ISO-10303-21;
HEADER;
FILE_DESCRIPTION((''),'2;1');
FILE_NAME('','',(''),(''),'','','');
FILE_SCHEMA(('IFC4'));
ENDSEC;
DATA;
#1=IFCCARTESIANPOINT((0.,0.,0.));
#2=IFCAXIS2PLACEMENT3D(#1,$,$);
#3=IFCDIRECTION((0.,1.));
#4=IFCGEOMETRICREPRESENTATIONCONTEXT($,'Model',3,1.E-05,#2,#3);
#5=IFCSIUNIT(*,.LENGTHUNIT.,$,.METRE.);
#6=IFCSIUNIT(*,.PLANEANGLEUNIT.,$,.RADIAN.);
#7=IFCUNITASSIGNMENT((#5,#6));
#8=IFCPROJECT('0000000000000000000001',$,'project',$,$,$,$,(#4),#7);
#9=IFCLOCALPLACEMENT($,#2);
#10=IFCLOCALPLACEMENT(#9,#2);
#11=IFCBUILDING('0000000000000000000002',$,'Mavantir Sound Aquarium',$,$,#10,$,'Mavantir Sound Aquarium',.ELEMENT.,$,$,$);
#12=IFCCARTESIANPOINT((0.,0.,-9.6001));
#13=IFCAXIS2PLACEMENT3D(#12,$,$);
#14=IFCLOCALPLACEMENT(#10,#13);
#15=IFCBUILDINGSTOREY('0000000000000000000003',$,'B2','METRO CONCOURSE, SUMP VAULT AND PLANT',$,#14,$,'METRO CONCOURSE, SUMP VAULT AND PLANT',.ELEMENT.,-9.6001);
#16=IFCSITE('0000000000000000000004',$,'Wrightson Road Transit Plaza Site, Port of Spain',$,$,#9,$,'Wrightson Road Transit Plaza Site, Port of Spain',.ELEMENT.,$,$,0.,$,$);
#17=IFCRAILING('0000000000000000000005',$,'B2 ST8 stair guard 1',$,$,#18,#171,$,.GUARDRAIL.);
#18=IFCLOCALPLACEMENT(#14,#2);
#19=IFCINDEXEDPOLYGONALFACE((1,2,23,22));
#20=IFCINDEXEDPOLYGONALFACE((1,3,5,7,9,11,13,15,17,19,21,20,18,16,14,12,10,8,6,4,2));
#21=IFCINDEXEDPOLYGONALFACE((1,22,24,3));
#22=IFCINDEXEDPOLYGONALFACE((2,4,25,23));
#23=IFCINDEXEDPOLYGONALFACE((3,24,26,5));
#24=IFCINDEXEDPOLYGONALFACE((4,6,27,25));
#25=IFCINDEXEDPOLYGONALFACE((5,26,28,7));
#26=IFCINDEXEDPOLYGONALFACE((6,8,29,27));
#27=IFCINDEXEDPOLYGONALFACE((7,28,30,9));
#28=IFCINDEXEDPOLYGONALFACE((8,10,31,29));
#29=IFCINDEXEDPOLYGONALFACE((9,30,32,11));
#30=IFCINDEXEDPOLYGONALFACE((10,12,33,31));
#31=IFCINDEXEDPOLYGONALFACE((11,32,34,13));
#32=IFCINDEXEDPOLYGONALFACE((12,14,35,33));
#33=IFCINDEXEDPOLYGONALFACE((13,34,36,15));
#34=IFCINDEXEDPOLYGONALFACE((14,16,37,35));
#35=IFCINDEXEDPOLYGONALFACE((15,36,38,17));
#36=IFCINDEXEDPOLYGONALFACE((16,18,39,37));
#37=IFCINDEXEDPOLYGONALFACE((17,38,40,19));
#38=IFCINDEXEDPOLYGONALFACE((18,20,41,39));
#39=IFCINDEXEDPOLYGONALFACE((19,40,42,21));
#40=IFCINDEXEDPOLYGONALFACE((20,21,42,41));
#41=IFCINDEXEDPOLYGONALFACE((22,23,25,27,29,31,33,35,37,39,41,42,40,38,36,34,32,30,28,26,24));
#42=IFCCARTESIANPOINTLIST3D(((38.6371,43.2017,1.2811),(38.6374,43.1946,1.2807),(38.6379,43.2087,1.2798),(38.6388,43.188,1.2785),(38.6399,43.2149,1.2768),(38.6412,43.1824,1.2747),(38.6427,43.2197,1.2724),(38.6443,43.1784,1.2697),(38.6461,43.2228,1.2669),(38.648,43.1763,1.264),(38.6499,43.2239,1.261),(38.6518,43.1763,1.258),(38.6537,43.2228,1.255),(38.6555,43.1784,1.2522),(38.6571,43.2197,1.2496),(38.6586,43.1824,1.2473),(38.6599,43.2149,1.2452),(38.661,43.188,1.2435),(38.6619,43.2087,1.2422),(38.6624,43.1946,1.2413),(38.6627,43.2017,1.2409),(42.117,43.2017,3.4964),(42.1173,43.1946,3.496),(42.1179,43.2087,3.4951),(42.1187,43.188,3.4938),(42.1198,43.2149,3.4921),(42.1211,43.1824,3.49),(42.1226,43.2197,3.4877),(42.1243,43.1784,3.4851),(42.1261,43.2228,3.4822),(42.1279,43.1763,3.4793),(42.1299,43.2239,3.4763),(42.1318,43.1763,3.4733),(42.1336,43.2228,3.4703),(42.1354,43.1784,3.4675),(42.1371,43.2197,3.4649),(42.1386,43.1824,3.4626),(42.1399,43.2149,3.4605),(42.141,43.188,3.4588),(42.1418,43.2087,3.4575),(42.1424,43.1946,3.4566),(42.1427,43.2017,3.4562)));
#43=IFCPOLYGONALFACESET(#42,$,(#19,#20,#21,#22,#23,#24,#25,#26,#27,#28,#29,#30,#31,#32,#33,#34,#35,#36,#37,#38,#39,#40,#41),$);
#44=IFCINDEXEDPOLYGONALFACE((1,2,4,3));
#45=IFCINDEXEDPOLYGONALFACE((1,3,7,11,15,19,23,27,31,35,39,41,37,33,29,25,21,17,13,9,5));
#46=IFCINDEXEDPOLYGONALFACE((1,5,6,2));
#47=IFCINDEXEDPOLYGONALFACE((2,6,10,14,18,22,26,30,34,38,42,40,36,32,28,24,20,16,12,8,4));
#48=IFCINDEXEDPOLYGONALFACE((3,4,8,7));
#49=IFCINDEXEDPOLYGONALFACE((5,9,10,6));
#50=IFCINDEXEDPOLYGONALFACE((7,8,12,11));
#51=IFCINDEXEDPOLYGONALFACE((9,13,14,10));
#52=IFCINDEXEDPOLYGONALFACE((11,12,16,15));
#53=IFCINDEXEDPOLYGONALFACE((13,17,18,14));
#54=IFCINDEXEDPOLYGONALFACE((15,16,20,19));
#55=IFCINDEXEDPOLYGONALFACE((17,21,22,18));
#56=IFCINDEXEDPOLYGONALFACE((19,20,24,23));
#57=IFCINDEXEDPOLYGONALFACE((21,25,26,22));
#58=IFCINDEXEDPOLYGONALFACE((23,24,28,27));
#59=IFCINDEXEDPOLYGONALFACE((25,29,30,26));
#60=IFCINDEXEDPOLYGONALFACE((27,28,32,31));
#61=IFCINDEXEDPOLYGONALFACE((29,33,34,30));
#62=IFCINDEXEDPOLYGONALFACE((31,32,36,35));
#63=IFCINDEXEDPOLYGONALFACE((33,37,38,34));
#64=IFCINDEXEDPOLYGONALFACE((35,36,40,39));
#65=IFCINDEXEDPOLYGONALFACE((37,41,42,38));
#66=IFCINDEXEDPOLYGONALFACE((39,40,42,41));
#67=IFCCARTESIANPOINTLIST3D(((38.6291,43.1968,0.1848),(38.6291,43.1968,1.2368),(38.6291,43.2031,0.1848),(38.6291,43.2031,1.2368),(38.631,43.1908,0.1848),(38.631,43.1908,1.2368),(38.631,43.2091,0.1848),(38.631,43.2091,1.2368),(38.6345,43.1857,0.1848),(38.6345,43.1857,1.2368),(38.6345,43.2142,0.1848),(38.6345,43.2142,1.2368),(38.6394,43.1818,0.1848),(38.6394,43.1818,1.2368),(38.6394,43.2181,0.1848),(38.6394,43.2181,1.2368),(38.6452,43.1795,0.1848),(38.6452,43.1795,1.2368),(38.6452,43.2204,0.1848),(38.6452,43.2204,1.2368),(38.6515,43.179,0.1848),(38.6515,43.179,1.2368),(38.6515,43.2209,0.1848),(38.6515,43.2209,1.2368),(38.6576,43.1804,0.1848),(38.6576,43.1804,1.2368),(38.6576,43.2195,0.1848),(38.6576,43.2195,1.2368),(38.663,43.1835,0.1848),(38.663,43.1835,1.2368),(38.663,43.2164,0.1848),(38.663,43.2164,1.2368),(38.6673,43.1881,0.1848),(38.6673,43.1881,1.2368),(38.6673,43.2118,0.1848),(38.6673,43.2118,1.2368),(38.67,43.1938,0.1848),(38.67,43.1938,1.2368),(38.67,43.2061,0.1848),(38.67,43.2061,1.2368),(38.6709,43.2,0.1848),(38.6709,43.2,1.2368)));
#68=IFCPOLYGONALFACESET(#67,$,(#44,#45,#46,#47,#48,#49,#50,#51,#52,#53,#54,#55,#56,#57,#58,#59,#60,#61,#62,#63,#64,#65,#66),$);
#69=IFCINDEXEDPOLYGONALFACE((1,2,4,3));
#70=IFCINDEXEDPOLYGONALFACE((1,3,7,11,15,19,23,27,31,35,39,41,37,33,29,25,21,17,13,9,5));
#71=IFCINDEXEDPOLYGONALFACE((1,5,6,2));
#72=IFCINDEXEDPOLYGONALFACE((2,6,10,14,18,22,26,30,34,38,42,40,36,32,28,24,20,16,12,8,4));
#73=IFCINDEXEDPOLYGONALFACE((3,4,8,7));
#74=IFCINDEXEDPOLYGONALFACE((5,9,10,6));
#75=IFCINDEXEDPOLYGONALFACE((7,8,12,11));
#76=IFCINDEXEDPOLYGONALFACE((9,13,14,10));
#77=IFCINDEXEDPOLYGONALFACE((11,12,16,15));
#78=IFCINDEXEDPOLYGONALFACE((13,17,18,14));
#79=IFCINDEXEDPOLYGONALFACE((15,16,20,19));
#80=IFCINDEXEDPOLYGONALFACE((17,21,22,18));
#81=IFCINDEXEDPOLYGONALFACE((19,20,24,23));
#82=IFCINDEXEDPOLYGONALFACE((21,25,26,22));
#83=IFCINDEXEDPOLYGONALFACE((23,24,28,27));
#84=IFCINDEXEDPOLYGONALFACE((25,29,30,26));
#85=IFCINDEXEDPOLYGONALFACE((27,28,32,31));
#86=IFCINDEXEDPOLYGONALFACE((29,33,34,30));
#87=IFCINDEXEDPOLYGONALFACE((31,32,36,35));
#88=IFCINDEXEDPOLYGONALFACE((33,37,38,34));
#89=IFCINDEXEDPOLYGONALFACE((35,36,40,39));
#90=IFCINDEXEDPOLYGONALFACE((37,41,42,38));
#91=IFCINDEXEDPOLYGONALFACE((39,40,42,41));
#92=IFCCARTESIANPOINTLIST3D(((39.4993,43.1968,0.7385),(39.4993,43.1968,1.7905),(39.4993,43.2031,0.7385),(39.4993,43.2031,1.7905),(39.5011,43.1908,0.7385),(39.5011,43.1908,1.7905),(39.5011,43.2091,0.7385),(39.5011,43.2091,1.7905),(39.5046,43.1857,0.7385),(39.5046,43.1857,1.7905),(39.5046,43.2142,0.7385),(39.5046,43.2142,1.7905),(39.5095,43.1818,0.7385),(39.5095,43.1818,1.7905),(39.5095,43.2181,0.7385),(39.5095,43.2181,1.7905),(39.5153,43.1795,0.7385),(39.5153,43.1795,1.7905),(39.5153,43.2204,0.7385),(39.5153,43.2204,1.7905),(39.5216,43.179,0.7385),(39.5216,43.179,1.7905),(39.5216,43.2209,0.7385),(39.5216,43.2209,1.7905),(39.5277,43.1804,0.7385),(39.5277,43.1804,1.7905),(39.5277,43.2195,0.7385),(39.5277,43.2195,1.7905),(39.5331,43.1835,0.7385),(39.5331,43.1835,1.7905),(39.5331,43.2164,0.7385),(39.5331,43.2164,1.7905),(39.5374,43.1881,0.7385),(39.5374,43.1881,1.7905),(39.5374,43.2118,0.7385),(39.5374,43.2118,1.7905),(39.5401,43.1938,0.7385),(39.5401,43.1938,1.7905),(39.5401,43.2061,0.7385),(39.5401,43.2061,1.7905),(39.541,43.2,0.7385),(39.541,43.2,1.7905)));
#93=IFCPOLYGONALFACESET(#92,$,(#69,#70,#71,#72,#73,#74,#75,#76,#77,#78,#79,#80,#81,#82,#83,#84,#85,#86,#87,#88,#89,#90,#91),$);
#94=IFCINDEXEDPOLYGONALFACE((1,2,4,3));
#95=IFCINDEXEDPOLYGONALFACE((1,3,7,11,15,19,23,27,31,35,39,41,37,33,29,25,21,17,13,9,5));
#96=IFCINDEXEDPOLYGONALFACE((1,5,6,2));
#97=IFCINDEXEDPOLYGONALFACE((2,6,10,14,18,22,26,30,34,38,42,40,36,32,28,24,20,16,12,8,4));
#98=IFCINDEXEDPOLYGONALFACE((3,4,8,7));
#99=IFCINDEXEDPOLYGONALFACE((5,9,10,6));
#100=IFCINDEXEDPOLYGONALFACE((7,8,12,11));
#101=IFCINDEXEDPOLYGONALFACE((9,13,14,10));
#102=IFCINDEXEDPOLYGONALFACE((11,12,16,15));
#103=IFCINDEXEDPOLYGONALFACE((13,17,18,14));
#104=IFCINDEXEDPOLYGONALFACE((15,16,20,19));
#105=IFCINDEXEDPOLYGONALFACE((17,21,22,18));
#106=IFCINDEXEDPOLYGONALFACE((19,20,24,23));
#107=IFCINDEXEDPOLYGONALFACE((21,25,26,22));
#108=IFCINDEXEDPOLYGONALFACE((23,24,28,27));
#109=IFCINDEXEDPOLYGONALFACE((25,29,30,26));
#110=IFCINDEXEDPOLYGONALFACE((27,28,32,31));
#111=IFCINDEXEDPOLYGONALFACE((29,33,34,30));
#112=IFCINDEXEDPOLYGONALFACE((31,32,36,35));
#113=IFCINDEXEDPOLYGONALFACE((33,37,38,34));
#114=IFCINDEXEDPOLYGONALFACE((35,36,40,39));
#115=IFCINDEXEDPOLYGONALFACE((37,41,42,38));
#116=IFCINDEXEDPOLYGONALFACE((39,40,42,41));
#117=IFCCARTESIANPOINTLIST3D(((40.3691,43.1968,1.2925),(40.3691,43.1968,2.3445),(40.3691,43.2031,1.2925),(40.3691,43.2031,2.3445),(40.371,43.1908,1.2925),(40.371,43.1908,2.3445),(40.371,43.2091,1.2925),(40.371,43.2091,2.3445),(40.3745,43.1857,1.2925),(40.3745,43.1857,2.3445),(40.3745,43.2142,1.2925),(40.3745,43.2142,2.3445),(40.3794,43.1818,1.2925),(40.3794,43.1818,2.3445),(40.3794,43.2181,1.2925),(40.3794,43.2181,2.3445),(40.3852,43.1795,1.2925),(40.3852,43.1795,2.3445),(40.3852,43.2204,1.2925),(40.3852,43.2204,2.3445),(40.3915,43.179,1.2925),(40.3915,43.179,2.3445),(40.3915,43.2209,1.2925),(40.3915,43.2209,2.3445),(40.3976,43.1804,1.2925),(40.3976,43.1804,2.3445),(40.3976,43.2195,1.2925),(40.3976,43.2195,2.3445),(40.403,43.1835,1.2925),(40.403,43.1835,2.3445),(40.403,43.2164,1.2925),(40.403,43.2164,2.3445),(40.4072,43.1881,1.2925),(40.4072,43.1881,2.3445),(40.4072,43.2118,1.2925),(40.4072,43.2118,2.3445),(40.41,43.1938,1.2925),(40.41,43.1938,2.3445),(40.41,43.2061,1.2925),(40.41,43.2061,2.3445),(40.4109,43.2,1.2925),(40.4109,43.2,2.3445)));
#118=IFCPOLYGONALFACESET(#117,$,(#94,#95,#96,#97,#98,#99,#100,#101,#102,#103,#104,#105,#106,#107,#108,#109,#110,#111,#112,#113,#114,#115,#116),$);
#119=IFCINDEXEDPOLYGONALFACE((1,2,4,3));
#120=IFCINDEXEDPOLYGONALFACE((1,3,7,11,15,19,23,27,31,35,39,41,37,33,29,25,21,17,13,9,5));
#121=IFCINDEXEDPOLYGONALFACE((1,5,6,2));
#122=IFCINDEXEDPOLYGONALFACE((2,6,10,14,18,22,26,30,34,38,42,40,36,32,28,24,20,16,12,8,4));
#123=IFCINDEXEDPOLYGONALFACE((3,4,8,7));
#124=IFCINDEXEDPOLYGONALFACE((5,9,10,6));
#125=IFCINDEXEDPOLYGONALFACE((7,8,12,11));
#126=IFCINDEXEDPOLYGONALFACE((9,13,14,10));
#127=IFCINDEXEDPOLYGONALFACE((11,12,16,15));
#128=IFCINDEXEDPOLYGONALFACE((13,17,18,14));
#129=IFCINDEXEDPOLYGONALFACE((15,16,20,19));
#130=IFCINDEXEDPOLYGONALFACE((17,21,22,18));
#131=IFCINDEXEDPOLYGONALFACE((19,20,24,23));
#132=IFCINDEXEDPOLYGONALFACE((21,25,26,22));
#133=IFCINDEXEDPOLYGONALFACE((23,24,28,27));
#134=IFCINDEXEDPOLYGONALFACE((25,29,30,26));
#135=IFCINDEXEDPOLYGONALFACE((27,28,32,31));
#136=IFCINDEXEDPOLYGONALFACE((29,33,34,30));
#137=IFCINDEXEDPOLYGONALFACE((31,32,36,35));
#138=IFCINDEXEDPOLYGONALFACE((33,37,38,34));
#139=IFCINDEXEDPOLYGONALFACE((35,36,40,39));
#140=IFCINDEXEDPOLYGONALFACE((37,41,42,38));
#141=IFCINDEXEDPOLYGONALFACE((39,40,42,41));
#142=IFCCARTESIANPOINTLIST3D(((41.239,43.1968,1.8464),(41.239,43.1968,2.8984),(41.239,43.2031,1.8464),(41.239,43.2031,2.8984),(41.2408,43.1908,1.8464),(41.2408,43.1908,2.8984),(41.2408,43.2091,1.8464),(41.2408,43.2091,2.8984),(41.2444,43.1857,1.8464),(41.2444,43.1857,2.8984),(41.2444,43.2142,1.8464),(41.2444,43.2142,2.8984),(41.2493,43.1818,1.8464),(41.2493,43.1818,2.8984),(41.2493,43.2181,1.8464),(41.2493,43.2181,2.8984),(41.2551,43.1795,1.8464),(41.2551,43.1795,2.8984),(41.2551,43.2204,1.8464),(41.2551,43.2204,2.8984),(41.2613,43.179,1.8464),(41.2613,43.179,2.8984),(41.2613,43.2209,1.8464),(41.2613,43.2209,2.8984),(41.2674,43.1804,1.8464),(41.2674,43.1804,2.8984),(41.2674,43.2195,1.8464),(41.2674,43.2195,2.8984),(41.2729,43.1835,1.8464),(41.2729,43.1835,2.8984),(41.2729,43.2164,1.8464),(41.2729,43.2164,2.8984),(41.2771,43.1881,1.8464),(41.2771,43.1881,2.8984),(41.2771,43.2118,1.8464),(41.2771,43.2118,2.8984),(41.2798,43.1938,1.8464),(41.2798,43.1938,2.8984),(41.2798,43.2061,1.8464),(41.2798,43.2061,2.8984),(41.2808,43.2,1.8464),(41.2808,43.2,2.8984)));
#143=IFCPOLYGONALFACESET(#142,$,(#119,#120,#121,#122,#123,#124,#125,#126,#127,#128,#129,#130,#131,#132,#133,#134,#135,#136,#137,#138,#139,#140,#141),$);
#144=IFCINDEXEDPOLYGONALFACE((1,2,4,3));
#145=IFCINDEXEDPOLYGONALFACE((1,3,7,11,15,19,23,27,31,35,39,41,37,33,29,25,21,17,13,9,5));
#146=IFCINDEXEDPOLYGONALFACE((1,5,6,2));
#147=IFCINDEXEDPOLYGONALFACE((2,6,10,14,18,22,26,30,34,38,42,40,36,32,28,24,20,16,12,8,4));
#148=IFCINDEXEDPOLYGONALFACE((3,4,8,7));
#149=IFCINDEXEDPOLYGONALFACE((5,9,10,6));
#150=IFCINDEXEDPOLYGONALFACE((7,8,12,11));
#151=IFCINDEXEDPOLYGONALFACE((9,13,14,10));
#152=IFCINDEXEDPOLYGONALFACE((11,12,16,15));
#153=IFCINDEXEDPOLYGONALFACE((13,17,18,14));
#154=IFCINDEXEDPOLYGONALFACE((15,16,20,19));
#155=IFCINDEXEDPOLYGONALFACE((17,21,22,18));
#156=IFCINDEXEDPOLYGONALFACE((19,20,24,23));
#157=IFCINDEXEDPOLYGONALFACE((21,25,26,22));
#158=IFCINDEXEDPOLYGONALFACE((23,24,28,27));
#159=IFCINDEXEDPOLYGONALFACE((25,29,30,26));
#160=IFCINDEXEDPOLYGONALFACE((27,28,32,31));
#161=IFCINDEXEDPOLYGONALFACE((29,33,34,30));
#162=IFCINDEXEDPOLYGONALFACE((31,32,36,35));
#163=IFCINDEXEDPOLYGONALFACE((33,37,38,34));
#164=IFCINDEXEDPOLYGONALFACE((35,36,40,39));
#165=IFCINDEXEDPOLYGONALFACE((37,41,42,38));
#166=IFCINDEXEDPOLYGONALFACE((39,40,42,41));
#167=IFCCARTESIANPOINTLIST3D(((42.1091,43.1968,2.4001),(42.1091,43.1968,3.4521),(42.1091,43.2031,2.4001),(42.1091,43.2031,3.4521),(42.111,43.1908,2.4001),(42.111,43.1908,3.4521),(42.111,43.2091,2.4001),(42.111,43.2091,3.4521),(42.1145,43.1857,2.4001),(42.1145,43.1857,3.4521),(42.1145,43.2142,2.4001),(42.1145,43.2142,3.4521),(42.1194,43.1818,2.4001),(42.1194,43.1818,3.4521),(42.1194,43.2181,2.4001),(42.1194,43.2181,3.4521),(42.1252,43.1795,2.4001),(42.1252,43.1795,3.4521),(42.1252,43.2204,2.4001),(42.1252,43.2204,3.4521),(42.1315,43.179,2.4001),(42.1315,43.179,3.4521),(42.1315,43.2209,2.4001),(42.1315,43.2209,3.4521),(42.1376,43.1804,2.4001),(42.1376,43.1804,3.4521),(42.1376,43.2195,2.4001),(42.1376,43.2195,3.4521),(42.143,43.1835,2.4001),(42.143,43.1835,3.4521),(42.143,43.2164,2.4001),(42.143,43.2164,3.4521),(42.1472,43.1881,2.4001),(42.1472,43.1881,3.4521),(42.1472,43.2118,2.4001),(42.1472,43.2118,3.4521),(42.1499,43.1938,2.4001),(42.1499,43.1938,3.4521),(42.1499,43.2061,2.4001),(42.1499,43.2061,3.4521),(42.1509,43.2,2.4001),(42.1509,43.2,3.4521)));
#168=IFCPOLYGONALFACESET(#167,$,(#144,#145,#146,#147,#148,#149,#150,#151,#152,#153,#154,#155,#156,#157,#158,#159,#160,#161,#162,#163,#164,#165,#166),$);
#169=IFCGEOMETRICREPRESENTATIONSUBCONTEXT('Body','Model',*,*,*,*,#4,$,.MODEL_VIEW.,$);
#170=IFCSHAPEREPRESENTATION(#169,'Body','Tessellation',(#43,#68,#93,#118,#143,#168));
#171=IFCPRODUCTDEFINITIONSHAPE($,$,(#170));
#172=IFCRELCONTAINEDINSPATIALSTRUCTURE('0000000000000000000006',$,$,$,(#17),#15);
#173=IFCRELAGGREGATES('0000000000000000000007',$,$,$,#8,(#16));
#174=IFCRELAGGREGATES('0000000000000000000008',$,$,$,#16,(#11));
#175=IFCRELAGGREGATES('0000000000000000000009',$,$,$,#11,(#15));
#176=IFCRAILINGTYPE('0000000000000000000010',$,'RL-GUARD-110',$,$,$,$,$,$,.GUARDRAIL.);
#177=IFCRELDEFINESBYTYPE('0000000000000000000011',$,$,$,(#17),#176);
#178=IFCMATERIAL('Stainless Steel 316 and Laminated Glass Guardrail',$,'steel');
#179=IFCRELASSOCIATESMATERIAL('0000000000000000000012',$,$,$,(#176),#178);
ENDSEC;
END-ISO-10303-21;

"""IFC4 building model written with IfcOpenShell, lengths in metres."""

from ifc_helpers import new_model, si_unit, direction, frame, origin, origin_2d, place, context, subcontext, project, spatial, circle, extrude, material, type_object, element, save


model = new_model("IFC4")

# Units and contexts
model_context = context("Model", 3, precision=1e-05, world=origin(), true_north=direction((0.0, 1.0)))
body_context = subcontext(model_context, "Body", "Model", "MODEL_VIEW")
ifc_project = project(units=[si_unit("LENGTHUNIT", "METRE"), si_unit("PLANEANGLEUNIT", "RADIAN")], contexts=[model_context])

# Site, building, storey
site_placement = place(None, origin())
site = spatial("IfcSite", under=ifc_project, at=site_placement, Name="Wrightson Road Transit Plaza Site, Port of Spain", LongName="Wrightson Road Transit Plaza Site, Port of Spain", CompositionType="ELEMENT", RefElevation=0.0)
building_placement = place(site_placement, origin())
building = spatial("IfcBuilding", under=site, at=building_placement, Name="Mavantir Sound Aquarium", LongName="Mavantir Sound Aquarium", CompositionType="ELEMENT")
storey_placement = place(building_placement, frame((0.0, 0.0, -9.6001)))
storey = spatial("IfcBuildingStorey", under=building, at=storey_placement, Name="B2", Description="METRO CONCOURSE, SUMP VAULT AND PLANT", LongName="METRO CONCOURSE, SUMP VAULT AND PLANT", CompositionType="ELEMENT", Elevation=-9.6001)

# Railing
ifc_material_1 = material(Name="Stainless Steel 316 and Laminated Glass Guardrail", Category="steel")
railing_type_1 = type_object("IfcRailingType", Name="RL-GUARD-110", PredefinedType="GUARDRAIL", material=ifc_material_1)
railing_1_placement = place(storey_placement, frame((38.6499, 43.2, 0.1848)))
element("IfcRailing", 1, at=railing_1_placement, inside=storey, type_object=railing_type_1, Name="B2 ST8 stair guard 1", PredefinedType="GUARDRAIL", context=body_context, shape_type="SweptSolid", body=[
    extrude(circle(Radius=0.0239, at=origin_2d()), frame((0.0, 0.0, 1.0762), z_axis=(0.843574, 0.0, 0.537013), x_axis=(0.0, 1.0, 0.0)), (0.0, 0.0, 1.0), 4.1252),
    extrude(circle(Radius=0.021, at=origin_2d()), origin(), (0.0, 0.0, 1.0), 1.052),
    extrude(circle(Radius=0.021, at=origin_2d()), frame((0.8701, 0.0, 0.5537)), (0.0, 0.0, 1.0), 1.052),
    extrude(circle(Radius=0.021, at=origin_2d()), frame((1.74, 0.0, 1.1077)), (0.0, 0.0, 1.0), 1.052),
    extrude(circle(Radius=0.021, at=origin_2d()), frame((2.6099, 0.0, 1.6616)), (0.0, 0.0, 1.0), 1.052),
    extrude(circle(Radius=0.021, at=origin_2d()), frame((3.48, 0.0, 2.2153)), (0.0, 0.0, 1.0), 1.052),
])

save(model, "model.ifc")
